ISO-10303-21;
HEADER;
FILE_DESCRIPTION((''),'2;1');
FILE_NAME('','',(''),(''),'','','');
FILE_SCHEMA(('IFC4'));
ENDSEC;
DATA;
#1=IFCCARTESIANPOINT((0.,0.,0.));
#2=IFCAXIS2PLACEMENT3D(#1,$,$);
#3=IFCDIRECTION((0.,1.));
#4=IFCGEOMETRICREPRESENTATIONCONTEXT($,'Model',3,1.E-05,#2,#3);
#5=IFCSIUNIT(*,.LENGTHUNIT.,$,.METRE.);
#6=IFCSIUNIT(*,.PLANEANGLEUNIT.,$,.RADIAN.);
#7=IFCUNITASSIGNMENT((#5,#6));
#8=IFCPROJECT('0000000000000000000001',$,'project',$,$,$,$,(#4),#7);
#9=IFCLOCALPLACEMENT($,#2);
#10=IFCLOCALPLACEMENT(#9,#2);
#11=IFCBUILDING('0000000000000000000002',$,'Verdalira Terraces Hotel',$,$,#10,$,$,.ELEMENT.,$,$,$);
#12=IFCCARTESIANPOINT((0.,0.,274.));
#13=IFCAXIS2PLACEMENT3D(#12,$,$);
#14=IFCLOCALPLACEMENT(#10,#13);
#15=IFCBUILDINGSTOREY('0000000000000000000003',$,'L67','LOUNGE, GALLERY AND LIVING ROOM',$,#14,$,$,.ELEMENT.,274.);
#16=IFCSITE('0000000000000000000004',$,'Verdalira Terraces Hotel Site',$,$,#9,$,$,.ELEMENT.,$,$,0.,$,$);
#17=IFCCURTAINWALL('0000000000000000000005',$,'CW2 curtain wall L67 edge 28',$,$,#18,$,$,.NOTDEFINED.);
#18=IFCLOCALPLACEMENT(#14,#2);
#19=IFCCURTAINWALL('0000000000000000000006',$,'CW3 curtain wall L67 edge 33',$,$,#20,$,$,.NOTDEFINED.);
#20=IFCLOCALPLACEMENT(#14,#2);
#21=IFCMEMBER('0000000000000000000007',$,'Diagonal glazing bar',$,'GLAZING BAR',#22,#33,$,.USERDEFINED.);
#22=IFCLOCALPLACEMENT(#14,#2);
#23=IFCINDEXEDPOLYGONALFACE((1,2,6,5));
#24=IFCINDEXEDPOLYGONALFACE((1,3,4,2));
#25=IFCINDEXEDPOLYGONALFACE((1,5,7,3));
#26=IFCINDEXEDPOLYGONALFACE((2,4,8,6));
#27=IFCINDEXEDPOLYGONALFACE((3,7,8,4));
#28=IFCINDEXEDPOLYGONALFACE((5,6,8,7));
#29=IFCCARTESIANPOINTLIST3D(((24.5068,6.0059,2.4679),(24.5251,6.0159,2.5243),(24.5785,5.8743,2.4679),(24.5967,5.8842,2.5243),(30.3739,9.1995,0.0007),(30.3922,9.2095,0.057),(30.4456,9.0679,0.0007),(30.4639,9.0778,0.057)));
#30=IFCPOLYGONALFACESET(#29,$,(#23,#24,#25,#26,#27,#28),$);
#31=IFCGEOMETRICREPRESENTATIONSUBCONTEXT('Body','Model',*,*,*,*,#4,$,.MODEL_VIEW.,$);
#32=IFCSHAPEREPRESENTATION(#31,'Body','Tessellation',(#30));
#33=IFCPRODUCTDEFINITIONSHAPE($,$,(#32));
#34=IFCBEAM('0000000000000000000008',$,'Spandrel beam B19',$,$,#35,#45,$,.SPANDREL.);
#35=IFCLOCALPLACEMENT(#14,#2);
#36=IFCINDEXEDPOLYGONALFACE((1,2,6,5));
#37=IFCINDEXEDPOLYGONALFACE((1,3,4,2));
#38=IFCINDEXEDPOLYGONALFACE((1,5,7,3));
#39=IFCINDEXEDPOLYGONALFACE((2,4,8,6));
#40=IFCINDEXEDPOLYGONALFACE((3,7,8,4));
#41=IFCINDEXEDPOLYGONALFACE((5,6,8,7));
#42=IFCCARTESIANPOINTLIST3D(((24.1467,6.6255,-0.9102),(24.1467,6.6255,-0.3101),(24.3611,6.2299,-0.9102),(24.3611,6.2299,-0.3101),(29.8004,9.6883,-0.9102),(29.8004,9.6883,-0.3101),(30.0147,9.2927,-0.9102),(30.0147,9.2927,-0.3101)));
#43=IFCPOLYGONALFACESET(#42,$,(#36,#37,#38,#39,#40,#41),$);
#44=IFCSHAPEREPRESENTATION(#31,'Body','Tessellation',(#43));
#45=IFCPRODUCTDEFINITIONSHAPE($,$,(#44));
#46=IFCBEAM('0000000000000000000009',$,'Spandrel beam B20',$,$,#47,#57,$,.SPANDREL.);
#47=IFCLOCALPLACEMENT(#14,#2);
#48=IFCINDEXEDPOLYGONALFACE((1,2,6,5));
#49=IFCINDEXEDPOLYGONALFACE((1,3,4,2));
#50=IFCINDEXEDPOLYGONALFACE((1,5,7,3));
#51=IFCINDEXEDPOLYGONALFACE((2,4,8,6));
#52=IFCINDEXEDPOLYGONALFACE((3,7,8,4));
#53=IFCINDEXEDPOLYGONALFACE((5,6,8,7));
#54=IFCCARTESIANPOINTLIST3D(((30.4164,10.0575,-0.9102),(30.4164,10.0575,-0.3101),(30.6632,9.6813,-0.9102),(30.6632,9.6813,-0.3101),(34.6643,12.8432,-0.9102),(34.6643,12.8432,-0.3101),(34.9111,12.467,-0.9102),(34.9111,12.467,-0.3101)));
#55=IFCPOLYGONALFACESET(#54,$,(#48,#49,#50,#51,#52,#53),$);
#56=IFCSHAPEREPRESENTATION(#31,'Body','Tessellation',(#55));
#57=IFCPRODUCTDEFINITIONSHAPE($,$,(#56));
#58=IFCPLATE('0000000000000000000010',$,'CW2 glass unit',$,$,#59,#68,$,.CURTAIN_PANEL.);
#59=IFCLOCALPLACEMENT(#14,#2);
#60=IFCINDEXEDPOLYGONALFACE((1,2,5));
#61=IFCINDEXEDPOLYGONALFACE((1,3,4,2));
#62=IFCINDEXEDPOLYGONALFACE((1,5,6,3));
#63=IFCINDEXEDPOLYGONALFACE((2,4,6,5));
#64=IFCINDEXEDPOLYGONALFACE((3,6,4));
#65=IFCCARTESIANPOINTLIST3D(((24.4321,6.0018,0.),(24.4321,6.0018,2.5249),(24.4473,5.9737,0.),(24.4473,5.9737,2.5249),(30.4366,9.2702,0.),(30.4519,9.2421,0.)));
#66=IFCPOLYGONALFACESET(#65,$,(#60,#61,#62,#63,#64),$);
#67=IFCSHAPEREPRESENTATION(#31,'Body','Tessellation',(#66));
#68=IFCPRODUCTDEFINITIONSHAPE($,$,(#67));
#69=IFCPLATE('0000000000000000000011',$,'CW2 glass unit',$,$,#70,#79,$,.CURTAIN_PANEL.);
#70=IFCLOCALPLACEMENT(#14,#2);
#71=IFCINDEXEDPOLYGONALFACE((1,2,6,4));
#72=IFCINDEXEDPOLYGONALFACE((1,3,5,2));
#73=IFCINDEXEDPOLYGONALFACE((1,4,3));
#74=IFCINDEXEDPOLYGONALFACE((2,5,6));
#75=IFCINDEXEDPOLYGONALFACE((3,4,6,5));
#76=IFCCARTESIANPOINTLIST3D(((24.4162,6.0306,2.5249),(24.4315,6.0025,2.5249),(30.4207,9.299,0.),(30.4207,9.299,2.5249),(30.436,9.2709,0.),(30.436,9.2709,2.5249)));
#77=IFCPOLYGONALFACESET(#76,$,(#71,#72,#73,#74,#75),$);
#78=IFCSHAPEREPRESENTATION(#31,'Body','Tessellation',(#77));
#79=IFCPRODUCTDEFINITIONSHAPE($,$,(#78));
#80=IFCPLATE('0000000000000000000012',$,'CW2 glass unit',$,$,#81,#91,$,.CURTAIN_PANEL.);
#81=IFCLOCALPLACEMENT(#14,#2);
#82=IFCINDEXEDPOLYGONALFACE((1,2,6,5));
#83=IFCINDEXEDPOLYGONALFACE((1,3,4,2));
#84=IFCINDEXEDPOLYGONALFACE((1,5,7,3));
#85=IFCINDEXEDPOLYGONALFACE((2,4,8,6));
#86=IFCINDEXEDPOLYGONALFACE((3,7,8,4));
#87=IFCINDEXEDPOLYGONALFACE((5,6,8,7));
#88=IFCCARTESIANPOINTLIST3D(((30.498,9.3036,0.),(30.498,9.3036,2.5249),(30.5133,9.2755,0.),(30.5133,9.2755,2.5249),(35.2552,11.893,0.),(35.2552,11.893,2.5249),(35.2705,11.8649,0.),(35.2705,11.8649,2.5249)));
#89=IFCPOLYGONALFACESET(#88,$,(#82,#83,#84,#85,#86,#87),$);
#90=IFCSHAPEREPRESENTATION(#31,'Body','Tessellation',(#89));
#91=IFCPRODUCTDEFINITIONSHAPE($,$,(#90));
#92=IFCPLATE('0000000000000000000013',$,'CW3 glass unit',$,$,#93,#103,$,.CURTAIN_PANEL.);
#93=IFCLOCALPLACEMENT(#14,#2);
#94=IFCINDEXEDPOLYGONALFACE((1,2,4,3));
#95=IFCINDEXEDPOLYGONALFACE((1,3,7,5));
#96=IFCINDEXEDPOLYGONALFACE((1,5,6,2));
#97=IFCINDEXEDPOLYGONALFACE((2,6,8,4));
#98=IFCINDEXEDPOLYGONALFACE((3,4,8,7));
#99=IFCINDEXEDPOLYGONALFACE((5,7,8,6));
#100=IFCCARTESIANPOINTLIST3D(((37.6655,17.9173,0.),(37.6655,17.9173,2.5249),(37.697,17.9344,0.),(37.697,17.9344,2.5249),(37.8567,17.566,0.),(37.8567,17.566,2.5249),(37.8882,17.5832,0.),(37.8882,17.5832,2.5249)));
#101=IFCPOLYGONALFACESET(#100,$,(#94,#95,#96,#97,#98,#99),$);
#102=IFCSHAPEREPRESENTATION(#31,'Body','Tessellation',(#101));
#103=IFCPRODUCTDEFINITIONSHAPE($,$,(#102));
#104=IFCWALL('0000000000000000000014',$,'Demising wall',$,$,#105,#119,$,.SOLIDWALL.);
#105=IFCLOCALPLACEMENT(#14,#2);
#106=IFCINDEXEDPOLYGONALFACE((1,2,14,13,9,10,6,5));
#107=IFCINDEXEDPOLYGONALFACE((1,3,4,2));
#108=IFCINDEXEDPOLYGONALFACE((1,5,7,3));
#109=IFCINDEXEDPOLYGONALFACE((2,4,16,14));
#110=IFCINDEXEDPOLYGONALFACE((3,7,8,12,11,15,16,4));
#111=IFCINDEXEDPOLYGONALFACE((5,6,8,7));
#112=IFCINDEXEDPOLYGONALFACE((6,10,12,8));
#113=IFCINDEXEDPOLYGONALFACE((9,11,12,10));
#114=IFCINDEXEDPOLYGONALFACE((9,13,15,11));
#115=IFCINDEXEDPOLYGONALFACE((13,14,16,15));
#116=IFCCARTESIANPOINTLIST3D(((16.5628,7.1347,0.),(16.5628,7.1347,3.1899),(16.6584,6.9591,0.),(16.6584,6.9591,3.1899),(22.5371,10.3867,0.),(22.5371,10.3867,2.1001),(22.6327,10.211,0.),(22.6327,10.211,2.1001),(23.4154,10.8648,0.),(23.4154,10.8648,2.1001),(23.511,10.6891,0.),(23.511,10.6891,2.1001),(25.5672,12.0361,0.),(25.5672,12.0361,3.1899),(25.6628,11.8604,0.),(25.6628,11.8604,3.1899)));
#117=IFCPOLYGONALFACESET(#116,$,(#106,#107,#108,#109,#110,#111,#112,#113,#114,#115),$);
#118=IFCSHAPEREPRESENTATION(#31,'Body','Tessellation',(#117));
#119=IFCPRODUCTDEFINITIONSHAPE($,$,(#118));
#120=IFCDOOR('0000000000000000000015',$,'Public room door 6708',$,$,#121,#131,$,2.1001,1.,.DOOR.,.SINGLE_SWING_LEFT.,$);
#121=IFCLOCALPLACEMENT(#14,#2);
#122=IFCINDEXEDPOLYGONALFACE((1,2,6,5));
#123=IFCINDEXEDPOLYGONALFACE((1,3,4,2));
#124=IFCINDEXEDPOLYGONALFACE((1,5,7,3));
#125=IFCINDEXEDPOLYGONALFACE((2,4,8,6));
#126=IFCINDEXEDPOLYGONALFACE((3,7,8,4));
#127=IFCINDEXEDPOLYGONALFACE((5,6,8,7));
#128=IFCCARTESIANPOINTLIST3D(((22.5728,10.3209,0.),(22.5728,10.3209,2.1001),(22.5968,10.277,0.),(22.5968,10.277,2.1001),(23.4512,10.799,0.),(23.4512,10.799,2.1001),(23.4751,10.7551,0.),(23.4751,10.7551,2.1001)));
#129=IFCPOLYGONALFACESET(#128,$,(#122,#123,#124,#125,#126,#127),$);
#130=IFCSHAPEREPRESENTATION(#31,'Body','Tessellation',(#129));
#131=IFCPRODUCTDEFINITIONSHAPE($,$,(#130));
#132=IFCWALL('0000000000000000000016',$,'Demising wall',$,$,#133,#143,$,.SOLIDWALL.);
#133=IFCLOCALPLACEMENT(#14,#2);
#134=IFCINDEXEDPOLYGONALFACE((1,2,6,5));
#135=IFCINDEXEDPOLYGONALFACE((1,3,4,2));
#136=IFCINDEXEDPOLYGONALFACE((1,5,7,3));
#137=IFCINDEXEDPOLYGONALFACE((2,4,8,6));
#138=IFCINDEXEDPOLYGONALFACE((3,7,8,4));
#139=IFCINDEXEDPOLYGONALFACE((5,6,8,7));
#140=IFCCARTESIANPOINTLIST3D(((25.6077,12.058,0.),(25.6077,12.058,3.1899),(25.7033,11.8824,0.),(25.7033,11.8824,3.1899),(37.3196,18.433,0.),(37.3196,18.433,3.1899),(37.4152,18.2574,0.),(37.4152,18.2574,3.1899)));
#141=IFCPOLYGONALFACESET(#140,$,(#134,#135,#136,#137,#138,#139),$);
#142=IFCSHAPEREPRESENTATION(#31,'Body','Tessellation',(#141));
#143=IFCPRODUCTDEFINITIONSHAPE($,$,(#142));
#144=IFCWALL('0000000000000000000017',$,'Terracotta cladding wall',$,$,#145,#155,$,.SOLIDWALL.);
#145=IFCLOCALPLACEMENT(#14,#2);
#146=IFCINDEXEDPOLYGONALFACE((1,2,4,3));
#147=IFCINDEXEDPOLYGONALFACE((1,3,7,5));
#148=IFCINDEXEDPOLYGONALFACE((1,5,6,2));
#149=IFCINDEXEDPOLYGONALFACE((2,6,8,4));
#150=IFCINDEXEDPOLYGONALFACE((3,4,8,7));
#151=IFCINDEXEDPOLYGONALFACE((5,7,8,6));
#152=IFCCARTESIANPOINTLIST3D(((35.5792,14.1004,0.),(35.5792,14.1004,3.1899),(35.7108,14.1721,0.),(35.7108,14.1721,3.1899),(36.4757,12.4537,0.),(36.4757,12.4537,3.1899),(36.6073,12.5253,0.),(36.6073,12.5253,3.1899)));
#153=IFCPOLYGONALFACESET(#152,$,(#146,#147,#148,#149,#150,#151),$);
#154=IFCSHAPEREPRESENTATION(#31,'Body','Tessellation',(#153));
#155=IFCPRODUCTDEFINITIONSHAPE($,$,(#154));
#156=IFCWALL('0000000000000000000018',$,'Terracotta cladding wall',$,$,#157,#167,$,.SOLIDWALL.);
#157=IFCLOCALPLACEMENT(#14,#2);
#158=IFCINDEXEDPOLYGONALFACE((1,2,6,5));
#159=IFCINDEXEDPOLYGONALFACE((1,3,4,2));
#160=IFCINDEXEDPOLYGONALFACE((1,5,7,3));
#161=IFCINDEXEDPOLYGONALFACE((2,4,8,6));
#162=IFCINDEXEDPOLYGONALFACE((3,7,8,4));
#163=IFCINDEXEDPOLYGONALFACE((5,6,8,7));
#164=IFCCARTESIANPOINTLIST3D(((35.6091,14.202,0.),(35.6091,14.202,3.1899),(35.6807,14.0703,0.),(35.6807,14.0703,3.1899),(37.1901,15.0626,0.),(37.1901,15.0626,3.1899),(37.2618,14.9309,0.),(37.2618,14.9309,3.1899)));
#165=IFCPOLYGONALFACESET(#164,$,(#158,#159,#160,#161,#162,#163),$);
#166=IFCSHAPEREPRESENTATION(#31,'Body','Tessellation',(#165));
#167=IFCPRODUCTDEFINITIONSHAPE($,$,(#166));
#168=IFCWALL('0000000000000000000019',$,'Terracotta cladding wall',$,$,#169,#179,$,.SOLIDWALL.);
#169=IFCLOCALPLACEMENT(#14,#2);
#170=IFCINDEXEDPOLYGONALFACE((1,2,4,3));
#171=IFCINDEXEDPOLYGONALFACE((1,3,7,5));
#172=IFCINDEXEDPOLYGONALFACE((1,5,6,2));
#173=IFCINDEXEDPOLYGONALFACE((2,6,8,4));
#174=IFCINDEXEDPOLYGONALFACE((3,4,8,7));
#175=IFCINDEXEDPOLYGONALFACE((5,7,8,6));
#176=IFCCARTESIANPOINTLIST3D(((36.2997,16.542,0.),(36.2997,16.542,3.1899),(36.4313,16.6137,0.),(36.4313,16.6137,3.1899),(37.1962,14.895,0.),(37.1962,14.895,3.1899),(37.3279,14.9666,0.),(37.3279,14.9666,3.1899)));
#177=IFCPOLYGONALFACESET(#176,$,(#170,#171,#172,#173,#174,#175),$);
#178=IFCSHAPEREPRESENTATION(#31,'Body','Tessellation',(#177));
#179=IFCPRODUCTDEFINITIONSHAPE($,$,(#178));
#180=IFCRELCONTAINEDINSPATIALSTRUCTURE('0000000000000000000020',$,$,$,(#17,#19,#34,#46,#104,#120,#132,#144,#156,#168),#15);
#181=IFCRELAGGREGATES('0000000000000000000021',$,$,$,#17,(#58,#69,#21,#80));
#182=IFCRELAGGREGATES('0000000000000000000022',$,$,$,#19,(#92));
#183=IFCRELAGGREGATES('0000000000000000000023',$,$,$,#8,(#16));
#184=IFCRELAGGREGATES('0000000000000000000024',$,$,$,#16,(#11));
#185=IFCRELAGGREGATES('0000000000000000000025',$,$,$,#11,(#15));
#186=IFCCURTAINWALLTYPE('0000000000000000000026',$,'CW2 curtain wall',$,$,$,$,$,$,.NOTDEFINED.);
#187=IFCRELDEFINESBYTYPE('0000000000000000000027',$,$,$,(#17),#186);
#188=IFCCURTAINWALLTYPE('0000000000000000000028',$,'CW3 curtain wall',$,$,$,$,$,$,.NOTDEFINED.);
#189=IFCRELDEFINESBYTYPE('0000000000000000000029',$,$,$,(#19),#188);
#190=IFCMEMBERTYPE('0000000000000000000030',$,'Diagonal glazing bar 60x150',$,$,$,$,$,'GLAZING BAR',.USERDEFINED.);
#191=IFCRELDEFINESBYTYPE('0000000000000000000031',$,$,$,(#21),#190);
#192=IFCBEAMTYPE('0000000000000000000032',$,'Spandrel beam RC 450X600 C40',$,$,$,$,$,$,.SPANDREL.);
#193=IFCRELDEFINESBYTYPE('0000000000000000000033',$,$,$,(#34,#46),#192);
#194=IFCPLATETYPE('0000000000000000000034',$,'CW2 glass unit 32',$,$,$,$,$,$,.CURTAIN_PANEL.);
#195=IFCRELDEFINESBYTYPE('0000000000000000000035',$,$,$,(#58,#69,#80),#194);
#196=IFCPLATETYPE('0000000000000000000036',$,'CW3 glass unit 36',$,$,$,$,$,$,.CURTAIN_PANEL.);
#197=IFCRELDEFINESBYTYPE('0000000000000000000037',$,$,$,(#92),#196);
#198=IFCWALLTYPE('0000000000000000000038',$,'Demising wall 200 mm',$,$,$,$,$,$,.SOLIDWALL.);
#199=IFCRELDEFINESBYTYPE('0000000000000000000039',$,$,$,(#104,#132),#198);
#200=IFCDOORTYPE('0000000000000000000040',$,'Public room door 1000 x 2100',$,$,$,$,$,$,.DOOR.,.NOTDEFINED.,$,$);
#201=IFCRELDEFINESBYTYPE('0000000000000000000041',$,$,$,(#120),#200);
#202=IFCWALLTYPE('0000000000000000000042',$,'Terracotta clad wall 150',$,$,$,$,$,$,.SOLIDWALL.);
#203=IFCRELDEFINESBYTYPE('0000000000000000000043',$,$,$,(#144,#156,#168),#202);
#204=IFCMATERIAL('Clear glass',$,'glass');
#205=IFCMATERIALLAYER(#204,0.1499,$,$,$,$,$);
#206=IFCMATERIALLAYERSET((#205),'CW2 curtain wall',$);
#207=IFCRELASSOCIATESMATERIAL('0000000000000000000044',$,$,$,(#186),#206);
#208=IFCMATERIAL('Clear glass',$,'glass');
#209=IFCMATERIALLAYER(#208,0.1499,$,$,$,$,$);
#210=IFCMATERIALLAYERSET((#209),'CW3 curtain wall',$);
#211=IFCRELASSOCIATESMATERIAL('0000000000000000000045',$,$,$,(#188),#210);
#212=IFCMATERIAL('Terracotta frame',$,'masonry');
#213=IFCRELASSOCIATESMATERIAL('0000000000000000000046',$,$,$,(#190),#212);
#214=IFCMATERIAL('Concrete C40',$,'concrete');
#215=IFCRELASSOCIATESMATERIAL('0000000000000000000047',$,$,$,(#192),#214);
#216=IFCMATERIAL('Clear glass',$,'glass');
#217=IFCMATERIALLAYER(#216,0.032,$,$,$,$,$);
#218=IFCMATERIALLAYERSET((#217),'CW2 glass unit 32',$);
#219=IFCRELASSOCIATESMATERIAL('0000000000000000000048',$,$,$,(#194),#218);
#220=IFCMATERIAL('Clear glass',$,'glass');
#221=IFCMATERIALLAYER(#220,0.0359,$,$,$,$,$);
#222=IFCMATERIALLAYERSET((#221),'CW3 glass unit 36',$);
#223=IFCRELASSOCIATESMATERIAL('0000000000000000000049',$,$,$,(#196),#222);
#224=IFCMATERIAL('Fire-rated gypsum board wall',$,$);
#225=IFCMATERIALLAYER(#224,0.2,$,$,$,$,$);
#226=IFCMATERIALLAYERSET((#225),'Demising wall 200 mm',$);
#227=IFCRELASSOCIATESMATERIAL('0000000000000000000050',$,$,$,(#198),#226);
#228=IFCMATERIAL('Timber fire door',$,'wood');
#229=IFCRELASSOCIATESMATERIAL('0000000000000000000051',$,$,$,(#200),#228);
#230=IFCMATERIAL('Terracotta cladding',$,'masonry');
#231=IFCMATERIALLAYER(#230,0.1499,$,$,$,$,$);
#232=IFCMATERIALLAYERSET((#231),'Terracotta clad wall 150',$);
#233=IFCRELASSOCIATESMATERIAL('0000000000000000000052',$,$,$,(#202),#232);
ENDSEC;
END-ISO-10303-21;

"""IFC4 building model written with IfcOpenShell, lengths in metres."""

from ifc_helpers import new_model, si_unit, direction, frame, frame_2d, origin, origin_2d, place, context, subcontext, project, spatial, polyline, rectangle, outline, extrude, material, layer, layer_set, material_profile, profile_set, type_object, element, fill, aggregate, save


model = new_model("IFC4")

# Units and contexts
model_context = context("Model", 3, precision=1e-05, world=origin(), true_north=direction((0.0, 1.0)))
body_context = subcontext(model_context, "Body", "Model", "MODEL_VIEW")
ifc_project = project(units=[si_unit("LENGTHUNIT", "METRE"), si_unit("PLANEANGLEUNIT", "RADIAN")], contexts=[model_context])

# Site, building, storey
site_placement = place(None, origin())
site = spatial("IfcSite", under=ifc_project, at=site_placement, Name="Verdalira Terraces Hotel Site", CompositionType="ELEMENT", RefElevation=0.0)
building_placement = place(site_placement, origin())
building = spatial("IfcBuilding", under=site, at=building_placement, Name="Verdalira Terraces Hotel", CompositionType="ELEMENT")
storey_placement = place(building_placement, frame((0.0, 0.0, 274.0)))
storey = spatial("IfcBuildingStorey", under=building, at=storey_placement, Name="L67", Description="LOUNGE, GALLERY AND LIVING ROOM", CompositionType="ELEMENT", Elevation=274.0)

# Curtain walls
ifc_material_1 = material(Name="Clear glass", Category="glass")
ifc_layer_1 = layer(ifc_material_1, 0.1499)
ifc_layer_set_1 = layer_set([ifc_layer_1], Name="CW2 curtain wall")
curtain_wall_type_1 = type_object("IfcCurtainWallType", Name="CW2 curtain wall", PredefinedType="NOTDEFINED", material=ifc_layer_set_1)
curtain_wall_1_placement = place(storey_placement, origin())
curtain_wall_1 = element("IfcCurtainWall", 1, at=curtain_wall_1_placement, inside=storey, type_object=curtain_wall_type_1, Name="CW2 curtain wall L67 edge 28", PredefinedType="NOTDEFINED")
ifc_material_2 = material(Name="Clear glass", Category="glass")
ifc_layer_2 = layer(ifc_material_2, 0.1499)
ifc_layer_set_2 = layer_set([ifc_layer_2], Name="CW3 curtain wall")
curtain_wall_type_2 = type_object("IfcCurtainWallType", Name="CW3 curtain wall", PredefinedType="NOTDEFINED", material=ifc_layer_set_2)
curtain_wall_2_placement = place(storey_placement, origin())
curtain_wall_2 = element("IfcCurtainWall", 2, at=curtain_wall_2_placement, inside=storey, type_object=curtain_wall_type_2, Name="CW3 curtain wall L67 edge 33", PredefinedType="NOTDEFINED")

# Member
ifc_material_3 = material(Name="Terracotta frame", Category="masonry")
ifc_material_profile_1 = material_profile(ifc_material_3, rectangle(XDim=0.1499, YDim=0.0601, at=origin_2d()), Name="GB 60x150")
ifc_profile_set_1 = profile_set([ifc_material_profile_1], Name="Terracotta frame")
member_type_1 = type_object("IfcMemberType", Name="Diagonal glazing bar 60x150", ElementType="GLAZING BAR", PredefinedType="USERDEFINED", material=ifc_profile_set_1)
member_1_placement = place(storey_placement, frame((24.5518, 5.9451, 2.4961), z_axis=(0.823912, 0.448469, -0.346474), x_axis=(-0.478081, 0.878316, 0.0)))
member_1 = element("IfcMember", 3, at=member_1_placement, type_object=member_type_1, Name="Diagonal glazing bar", ObjectType="GLAZING BAR", PredefinedType="USERDEFINED", context=body_context, shape_type="SweptSolid", body=[
    extrude(rectangle(XDim=0.1499, YDim=0.0601, at=origin_2d()), origin(), (0.0, 0.0, 1.0), 7.1211),
])

# Beams
ifc_material_4 = material(Name="Concrete C40", Category="concrete")
ifc_material_profile_2 = material_profile(ifc_material_4, rectangle(XDim=0.45, YDim=0.6001, at=origin_2d()), Name="RC 450X600")
ifc_profile_set_2 = profile_set([ifc_material_profile_2], Name="Concrete C40")
beam_type = type_object("IfcBeamType", Name="Spandrel beam RC 450X600 C40", PredefinedType="SPANDREL", material=ifc_profile_set_2)
beam_1_placement = place(storey_placement, frame((24.2539, 6.4277, -0.6101), z_axis=(0.879266, 0.476331, 0.0), x_axis=(-0.476331, 0.879266, 0.0)))
element("IfcBeam", 4, at=beam_1_placement, inside=storey, type_object=beam_type, Name="Spandrel beam B19", PredefinedType="SPANDREL", context=body_context, shape_type="SweptSolid", body=[
    extrude(rectangle(XDim=0.45, YDim=0.6001, at=origin_2d()), origin(), (0.0, 0.0, 1.0), 6.4299),
])
beam_2_placement = place(storey_placement, frame((30.5398, 9.8694, -0.6101), z_axis=(0.836226, 0.548385, 0.0), x_axis=(-0.548385, 0.836226, 0.0)))
element("IfcBeam", 5, at=beam_2_placement, inside=storey, type_object=beam_type, Name="Spandrel beam B20", PredefinedType="SPANDREL", context=body_context, shape_type="SweptSolid", body=[
    extrude(rectangle(XDim=0.45, YDim=0.6001, at=origin_2d()), origin(), (0.0, 0.0, 1.0), 5.0798),
])

# Plates
ifc_material_5 = material(Name="Clear glass", Category="glass")
ifc_layer_3 = layer(ifc_material_5, 0.032)
ifc_layer_set_3 = layer_set([ifc_layer_3], Name="CW2 glass unit 32")
plate_type_1 = type_object("IfcPlateType", Name="CW2 glass unit 32", PredefinedType="CURTAIN_PANEL", material=ifc_layer_set_3)
plate_1_placement = place(storey_placement, frame((27.4343, 7.636, 1.2625), z_axis=(0.478079, -0.878317, 0.0), x_axis=(0.878317, 0.478079, 0.0)))
plate_1 = element("IfcPlate", 6, at=plate_1_placement, type_object=plate_type_1, Name="CW2 glass unit", PredefinedType="CURTAIN_PANEL", context=body_context, shape_type="SweptSolid", body=[
    extrude(outline(polyline([(-3.4182, -1.2625), (3.4182, -1.2625), (-3.4182, 1.2625), (-3.4182, -1.2625)])), origin(), (0.0, 0.0, 1.0), 0.032),
])
plate_2_placement = place(storey_placement, frame((27.4185, 7.6648, 1.2625), z_axis=(0.478079, -0.878317, 0.0), x_axis=(0.878317, 0.478079, 0.0)))
plate_2 = element("IfcPlate", 7, at=plate_2_placement, type_object=plate_type_1, Name="CW2 glass unit", PredefinedType="CURTAIN_PANEL", context=body_context, shape_type="SweptSolid", body=[
    extrude(outline(polyline([(3.4182, -1.2625), (3.4182, 1.2625), (-3.4182, 1.2625), (3.4182, -1.2625)])), origin(), (0.0, 0.0, 1.0), 0.032),
])
plate_3_placement = place(storey_placement, frame((32.8843, 10.5842, 0.0), z_axis=(0.0, 0.0, 1.0), x_axis=(0.878317, 0.478079, 0.0)))
plate_3 = element("IfcPlate", 8, at=plate_3_placement, type_object=plate_type_1, Name="CW2 glass unit", PredefinedType="CURTAIN_PANEL", context=body_context, shape_type="SweptSolid", body=[
    extrude(rectangle(XDim=5.4163, YDim=0.032, at=origin_2d()), origin(), (0.0, 0.0, 1.0), 2.5249),
])
aggregate(curtain_wall_1, [plate_1, plate_2, member_1, plate_3])
ifc_material_6 = material(Name="Clear glass", Category="glass")
ifc_layer_4 = layer(ifc_material_6, 0.0359)
ifc_layer_set_4 = layer_set([ifc_layer_4], Name="CW3 glass unit 36")
plate_type_2 = type_object("IfcPlateType", Name="CW3 glass unit 36", PredefinedType="CURTAIN_PANEL", material=ifc_layer_set_4)
plate_4_placement = place(storey_placement, frame((37.7769, 17.7502, 0.0), z_axis=(0.0, 0.0, 1.0), x_axis=(-0.478079, 0.878317, 0.0)))
plate_4 = element("IfcPlate", 9, at=plate_4_placement, type_object=plate_type_2, Name="CW3 glass unit", PredefinedType="CURTAIN_PANEL", context=body_context, shape_type="SweptSolid", body=[
    extrude(rectangle(XDim=0.3999, YDim=0.0359, at=origin_2d()), origin(), (0.0, 0.0, 1.0), 2.5249),
])
aggregate(curtain_wall_2, [plate_4])

# Wall, opening, door
ifc_material_7 = material(Name="Fire-rated gypsum board wall")
ifc_layer_5 = layer(ifc_material_7, 0.2)
ifc_layer_set_5 = layer_set([ifc_layer_5], Name="Demising wall 200 mm")
wall_type_1 = type_object("IfcWallType", Name="Demising wall 200 mm", PredefinedType="SOLIDWALL", material=ifc_layer_set_5)
wall_1_placement = place(storey_placement, frame((25.615, 11.9482, 0.0), z_axis=(0.0, 0.0, 1.0), x_axis=(-0.87831, -0.478091, 0.0)))
wall_1 = element("IfcWall", 10, at=wall_1_placement, inside=storey, type_object=wall_type_1, Name="Demising wall", PredefinedType="SOLIDWALL", context=body_context, shape_type="SweptSolid", body=[
    extrude(rectangle(XDim=10.252, YDim=0.2, at=frame_2d((5.126, 0.0))), origin(), (0.0, 0.0, 1.0), 3.1899),
])
opening_placement = place(wall_1_placement, frame((2.45, 0.0, 0.0)))
opening = element("IfcOpeningElement", 11, at=opening_placement, cuts=wall_1, PredefinedType="OPENING", context=body_context, shape_type="SweptSolid", body=[
    extrude(rectangle(XDim=1.0, YDim=2.1001, at=frame_2d((0.5, 1.05))), frame((0.0, 0.1099, 0.0), z_axis=(0.0, -1.0, 0.0), x_axis=(1.0, 0.0, 0.0)), (0.0, 0.0, 1.0), 0.22),
])
ifc_material_8 = material(Name="Timber fire door", Category="wood")
door_type = type_object("IfcDoorType", Name="Public room door 1000 x 2100", OperationType="NOTDEFINED", PredefinedType="DOOR", material=ifc_material_8)
door_placement = place(opening_placement, origin())
door = element("IfcDoor", 12, at=door_placement, inside=storey, type_object=door_type, Name="Public room door 6708", OperationType="SINGLE_SWING_LEFT", OverallHeight=2.1001, OverallWidth=1.0, PredefinedType="DOOR", context=body_context, shape_type="SweptSolid", body=[
    extrude(rectangle(XDim=1.0, YDim=2.1001, at=frame_2d((0.5, 1.05))), frame((0.0, 0.0249, 0.0), z_axis=(0.0, -1.0, 0.0), x_axis=(1.0, 0.0, 0.0)), (0.0, 0.0, 1.0), 0.05),
])
fill(opening, door)

# Walls
wall_2_placement = place(storey_placement, frame((25.6555, 11.9702, 0.0), z_axis=(0.0, 0.0, 1.0), x_axis=(0.878315, 0.478082, 0.0)))
element("IfcWall", 13, at=wall_2_placement, inside=storey, type_object=wall_type_1, Name="Demising wall", PredefinedType="SOLIDWALL", context=body_context, shape_type="SweptSolid", body=[
    extrude(rectangle(XDim=13.3345, YDim=0.2, at=frame_2d((6.6672, 0.0))), origin(), (0.0, 0.0, 1.0), 3.1899),
])
ifc_material_9 = material(Name="Terracotta cladding", Category="masonry")
ifc_layer_6 = layer(ifc_material_9, 0.1499)
ifc_layer_set_6 = layer_set([ifc_layer_6], Name="Terracotta clad wall 150")
wall_type_2 = type_object("IfcWallType", Name="Terracotta clad wall 150", PredefinedType="SOLIDWALL", material=ifc_layer_set_6)
wall_3_placement = place(storey_placement, frame((36.5415, 12.4895, 0.0), z_axis=(0.0, 0.0, 1.0), x_axis=(-0.47814, 0.878283, 0.0)))
element("IfcWall", 14, at=wall_3_placement, inside=storey, type_object=wall_type_2, Name="Terracotta cladding wall", PredefinedType="SOLIDWALL", context=body_context, shape_type="SweptSolid", body=[
    extrude(rectangle(XDim=1.875, YDim=0.1499, at=frame_2d((0.9375, 0.0))), origin(), (0.0, 0.0, 1.0), 3.1899),
])
wall_4_placement = place(storey_placement, frame((35.645, 14.1362, 0.0), z_axis=(0.0, 0.0, 1.0), x_axis=(0.878315, 0.478082, 0.0)))
element("IfcWall", 15, at=wall_4_placement, inside=storey, type_object=wall_type_2, Name="Terracotta cladding wall", PredefinedType="SOLIDWALL", context=body_context, shape_type="SweptSolid", body=[
    extrude(rectangle(XDim=1.8, YDim=0.1499, at=frame_2d((0.8999, 0.0))), origin(), (0.0, 0.0, 1.0), 3.1899),
])
wall_5_placement = place(storey_placement, frame((37.262, 14.9309, 0.0), z_axis=(0.0, 0.0, 1.0), x_axis=(-0.478086, 0.878313, 0.0)))
element("IfcWall", 16, at=wall_5_placement, inside=storey, type_object=wall_type_2, Name="Terracotta cladding wall", PredefinedType="SOLIDWALL", context=body_context, shape_type="SweptSolid", body=[
    extrude(rectangle(XDim=1.8752, YDim=0.1499, at=frame_2d((0.9375, 0.0))), origin(), (0.0, 0.0, 1.0), 3.1899),
])

save(model, "model.ifc")
